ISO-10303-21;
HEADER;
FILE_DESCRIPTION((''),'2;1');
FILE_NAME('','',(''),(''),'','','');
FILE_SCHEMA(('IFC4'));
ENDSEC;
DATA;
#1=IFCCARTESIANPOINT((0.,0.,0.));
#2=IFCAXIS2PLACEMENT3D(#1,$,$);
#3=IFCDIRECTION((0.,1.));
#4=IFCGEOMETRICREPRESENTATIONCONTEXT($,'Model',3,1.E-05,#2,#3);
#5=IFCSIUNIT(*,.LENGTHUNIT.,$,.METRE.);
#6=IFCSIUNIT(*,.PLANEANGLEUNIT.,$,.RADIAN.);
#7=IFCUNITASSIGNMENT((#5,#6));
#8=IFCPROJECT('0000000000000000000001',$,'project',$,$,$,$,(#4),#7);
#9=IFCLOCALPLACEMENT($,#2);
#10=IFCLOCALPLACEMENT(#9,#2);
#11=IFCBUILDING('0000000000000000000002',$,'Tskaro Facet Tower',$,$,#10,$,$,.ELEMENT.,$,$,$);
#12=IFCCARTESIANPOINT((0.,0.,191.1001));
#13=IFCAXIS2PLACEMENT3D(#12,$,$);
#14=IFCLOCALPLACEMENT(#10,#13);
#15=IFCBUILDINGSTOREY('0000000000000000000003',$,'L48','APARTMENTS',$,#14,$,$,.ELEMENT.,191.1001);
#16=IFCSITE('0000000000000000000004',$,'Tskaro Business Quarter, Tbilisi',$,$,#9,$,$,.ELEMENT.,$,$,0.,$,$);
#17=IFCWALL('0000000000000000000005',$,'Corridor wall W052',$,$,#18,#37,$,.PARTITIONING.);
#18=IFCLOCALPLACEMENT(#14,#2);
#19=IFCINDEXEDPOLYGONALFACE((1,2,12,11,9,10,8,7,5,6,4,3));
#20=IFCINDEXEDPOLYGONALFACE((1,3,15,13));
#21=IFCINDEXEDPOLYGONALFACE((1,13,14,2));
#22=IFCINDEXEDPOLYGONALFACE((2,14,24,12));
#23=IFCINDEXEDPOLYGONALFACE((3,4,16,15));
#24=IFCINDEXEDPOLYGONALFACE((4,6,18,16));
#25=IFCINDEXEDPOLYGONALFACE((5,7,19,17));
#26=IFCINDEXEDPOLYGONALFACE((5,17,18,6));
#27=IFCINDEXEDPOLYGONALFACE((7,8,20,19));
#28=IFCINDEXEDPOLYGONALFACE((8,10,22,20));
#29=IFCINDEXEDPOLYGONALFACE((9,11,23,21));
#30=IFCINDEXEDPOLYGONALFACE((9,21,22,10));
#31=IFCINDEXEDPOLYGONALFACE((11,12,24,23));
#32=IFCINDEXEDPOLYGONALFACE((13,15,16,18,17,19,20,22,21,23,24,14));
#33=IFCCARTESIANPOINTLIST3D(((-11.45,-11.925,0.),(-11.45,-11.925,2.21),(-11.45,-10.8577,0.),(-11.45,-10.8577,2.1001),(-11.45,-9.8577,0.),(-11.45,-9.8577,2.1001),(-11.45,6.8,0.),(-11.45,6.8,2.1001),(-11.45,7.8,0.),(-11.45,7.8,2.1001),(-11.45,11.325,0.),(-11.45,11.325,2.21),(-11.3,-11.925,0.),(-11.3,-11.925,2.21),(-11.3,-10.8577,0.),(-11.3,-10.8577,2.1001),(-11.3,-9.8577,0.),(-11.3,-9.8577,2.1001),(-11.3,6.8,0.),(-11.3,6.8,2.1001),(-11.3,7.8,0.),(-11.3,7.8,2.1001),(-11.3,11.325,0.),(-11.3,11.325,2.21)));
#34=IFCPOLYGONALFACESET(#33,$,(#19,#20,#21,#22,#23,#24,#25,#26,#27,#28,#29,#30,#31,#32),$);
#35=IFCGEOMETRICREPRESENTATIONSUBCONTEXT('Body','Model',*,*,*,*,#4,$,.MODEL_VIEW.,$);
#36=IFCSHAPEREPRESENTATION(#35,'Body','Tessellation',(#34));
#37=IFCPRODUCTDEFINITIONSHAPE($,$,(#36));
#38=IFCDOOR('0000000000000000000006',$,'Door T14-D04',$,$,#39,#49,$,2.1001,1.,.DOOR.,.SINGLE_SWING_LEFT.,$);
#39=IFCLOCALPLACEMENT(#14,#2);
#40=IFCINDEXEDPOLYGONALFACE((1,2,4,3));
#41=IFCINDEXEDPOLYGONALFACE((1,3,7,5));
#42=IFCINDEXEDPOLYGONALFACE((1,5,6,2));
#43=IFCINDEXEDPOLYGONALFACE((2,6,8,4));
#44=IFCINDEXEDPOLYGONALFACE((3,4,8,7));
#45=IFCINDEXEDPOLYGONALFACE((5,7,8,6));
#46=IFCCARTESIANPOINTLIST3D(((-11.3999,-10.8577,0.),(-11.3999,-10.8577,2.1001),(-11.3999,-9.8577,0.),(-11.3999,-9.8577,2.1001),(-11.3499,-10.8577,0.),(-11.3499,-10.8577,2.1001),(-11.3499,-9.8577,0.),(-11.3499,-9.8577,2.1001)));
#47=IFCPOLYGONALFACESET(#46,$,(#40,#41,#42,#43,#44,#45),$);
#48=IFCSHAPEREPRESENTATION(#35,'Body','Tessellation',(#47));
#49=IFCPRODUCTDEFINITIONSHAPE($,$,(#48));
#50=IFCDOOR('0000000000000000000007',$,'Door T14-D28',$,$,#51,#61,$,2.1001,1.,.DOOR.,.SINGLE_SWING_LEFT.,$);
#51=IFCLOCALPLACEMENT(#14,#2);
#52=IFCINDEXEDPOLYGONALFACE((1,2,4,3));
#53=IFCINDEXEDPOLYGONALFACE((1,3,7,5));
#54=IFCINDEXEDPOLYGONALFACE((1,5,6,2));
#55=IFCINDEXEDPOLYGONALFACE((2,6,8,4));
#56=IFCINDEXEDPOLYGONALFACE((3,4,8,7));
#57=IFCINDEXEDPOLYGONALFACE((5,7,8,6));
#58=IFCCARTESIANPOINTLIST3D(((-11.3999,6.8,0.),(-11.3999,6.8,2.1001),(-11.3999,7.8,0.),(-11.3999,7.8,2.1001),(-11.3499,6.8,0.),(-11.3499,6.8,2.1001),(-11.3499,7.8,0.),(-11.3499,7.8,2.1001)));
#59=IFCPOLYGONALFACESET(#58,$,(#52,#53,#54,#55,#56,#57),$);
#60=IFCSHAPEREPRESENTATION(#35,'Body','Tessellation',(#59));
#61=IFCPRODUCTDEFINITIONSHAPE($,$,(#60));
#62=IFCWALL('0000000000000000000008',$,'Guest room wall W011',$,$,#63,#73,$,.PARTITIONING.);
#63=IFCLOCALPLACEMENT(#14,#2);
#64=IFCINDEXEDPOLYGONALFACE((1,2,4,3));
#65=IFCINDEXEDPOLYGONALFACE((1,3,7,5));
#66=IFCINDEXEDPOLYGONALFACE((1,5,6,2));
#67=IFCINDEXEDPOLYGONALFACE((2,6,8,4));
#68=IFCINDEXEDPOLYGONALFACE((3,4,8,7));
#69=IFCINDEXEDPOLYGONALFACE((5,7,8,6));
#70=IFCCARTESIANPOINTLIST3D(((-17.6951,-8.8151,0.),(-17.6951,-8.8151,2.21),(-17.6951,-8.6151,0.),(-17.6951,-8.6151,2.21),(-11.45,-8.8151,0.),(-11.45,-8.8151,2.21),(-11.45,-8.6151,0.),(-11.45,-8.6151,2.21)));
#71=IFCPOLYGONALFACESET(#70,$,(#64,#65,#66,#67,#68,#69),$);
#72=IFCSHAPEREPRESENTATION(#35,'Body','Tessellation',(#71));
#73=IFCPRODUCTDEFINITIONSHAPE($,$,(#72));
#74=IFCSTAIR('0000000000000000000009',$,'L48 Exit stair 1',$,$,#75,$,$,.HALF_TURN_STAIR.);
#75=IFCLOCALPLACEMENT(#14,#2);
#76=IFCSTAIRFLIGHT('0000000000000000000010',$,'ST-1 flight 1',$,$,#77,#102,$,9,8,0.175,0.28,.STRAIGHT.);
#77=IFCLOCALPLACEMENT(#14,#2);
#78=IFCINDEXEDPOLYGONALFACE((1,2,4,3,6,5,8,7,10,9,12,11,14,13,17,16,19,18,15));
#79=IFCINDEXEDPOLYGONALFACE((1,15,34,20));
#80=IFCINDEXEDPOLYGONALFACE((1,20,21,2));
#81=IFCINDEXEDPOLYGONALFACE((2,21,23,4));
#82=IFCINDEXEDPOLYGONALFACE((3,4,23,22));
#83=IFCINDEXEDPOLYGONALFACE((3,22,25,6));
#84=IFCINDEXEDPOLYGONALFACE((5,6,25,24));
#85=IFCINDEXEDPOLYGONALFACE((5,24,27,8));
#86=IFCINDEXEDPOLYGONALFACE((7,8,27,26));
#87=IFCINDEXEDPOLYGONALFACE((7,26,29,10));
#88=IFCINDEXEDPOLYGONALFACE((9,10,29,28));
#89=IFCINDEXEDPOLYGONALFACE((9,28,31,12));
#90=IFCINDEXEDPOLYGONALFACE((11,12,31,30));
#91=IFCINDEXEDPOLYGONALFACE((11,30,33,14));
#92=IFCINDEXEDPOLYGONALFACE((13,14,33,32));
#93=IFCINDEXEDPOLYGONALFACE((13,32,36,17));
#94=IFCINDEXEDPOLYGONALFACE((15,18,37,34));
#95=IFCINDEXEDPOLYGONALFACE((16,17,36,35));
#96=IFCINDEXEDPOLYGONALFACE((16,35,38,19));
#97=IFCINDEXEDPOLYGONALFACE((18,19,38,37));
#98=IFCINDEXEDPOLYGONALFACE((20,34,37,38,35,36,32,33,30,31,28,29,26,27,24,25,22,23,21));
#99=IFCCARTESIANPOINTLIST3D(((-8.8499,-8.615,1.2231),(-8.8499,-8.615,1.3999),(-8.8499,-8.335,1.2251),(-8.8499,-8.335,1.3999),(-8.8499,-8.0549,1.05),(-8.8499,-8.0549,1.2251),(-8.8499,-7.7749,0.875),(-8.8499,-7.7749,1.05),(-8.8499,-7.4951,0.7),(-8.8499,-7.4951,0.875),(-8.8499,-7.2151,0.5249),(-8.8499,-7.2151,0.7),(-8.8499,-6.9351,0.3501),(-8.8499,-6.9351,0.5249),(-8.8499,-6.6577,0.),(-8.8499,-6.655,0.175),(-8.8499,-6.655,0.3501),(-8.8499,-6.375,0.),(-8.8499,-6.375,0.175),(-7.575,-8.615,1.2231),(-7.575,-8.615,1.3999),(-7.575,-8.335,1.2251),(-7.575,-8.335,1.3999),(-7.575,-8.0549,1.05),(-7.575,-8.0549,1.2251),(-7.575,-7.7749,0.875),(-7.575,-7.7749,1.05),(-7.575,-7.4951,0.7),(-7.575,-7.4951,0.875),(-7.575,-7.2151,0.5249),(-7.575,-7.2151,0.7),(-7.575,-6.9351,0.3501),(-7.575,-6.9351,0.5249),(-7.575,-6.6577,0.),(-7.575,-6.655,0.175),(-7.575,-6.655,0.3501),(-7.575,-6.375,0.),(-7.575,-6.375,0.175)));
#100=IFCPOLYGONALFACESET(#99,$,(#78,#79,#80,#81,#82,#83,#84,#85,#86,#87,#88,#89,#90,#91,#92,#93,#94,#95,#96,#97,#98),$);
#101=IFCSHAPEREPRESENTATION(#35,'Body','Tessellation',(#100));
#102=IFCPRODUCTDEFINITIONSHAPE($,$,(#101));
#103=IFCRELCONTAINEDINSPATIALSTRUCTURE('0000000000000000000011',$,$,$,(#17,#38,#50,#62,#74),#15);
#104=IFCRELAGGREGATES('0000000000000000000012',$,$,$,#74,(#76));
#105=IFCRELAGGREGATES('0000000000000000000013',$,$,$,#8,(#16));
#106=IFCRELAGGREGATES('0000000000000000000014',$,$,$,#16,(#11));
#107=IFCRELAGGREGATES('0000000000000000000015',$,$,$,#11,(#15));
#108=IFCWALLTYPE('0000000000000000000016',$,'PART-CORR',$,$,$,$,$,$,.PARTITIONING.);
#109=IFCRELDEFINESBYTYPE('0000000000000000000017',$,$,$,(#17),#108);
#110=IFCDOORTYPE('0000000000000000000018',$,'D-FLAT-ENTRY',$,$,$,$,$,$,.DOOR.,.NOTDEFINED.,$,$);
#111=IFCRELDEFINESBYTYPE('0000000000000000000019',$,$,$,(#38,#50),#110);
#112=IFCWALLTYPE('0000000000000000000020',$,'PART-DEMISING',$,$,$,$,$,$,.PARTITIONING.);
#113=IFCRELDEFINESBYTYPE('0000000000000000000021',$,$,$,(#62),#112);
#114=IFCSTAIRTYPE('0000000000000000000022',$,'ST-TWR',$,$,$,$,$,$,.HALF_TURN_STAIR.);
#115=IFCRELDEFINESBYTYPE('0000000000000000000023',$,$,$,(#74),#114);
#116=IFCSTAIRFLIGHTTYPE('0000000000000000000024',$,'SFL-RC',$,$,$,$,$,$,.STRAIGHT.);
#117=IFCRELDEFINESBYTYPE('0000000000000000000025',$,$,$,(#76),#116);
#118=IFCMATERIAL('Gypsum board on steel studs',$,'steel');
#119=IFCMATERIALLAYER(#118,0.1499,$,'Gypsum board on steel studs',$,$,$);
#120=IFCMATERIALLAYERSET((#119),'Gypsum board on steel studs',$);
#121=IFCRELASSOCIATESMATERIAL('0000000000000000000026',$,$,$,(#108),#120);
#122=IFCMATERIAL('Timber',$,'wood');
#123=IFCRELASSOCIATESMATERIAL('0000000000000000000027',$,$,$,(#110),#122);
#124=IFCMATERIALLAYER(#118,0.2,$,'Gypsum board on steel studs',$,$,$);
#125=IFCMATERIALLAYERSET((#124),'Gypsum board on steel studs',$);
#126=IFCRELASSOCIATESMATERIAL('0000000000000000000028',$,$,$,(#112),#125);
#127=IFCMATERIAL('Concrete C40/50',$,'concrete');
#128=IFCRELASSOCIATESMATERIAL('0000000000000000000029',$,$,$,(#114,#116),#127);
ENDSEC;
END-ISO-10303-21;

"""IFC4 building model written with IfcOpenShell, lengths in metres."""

from ifc_helpers import new_model, si_unit, direction, frame, frame_2d, origin, place, context, subcontext, project, spatial, polyline, rectangle, outline, extrude, material, layer, layer_set, type_object, element, fill, aggregate, save


model = new_model("IFC4")

# Units and contexts
model_context = context("Model", 3, precision=1e-05, world=origin(), true_north=direction((0.0, 1.0)))
body_context = subcontext(model_context, "Body", "Model", "MODEL_VIEW")
ifc_project = project(units=[si_unit("LENGTHUNIT", "METRE"), si_unit("PLANEANGLEUNIT", "RADIAN")], contexts=[model_context])

# Site, building, storey
site_placement = place(None, origin())
site = spatial("IfcSite", under=ifc_project, at=site_placement, Name="Tskaro Business Quarter, Tbilisi", CompositionType="ELEMENT", RefElevation=0.0)
building_placement = place(site_placement, origin())
building = spatial("IfcBuilding", under=site, at=building_placement, Name="Tskaro Facet Tower", CompositionType="ELEMENT")
storey_placement = place(building_placement, frame((0.0, 0.0, 191.1001)))
storey = spatial("IfcBuildingStorey", under=building, at=storey_placement, Name="L48", Description="APARTMENTS", CompositionType="ELEMENT", Elevation=191.1001)

# Shared definitions
ifc_material_1 = material(Name="Timber", Category="wood")

# Shared definitions
ifc_material_2 = material(Name="Concrete C40/50", Category="concrete")

# Shared definitions
ifc_material_3 = material(Name="Gypsum board on steel studs", Category="steel")
ifc_layer_1 = layer(ifc_material_3, 0.1499, Name="Gypsum board on steel studs")
ifc_layer_set_1 = layer_set([ifc_layer_1], Name="Gypsum board on steel studs")
wall_type_1 = type_object("IfcWallType", Name="PART-CORR", PredefinedType="PARTITIONING", material=ifc_layer_set_1)

# Wall, openings, doors
wall_1_placement = place(storey_placement, frame((-11.375, -11.925, 0.0), z_axis=(0.0, 0.0, 1.0), x_axis=(0.0, 1.0, 0.0)))
wall_1 = element("IfcWall", 1, at=wall_1_placement, inside=storey, type_object=wall_type_1, Name="Corridor wall W052", PredefinedType="PARTITIONING", context=body_context, shape_type="SweptSolid", body=[
    extrude(rectangle(XDim=23.25, YDim=0.1499, at=frame_2d((11.625, 0.0))), origin(), (0.0, 0.0, 1.0), 2.21),
])
opening_1_placement = place(wall_1_placement, frame((1.0674, 0.0, 0.0)))
opening_1 = element("IfcOpeningElement", 2, at=opening_1_placement, cuts=wall_1, PredefinedType="OPENING", context=body_context, shape_type="SweptSolid", body=[
    extrude(rectangle(XDim=1.0, YDim=2.1001, at=frame_2d((0.5, 1.05))), frame((0.0, 0.085, 0.0), z_axis=(0.0, -1.0, 0.0), x_axis=(1.0, 0.0, 0.0)), (0.0, 0.0, 1.0), 0.1699),
])
opening_2_placement = place(wall_1_placement, frame((18.7251, 0.0, 0.0)))
opening_2 = element("IfcOpeningElement", 3, at=opening_2_placement, cuts=wall_1, PredefinedType="OPENING", context=body_context, shape_type="SweptSolid", body=[
    extrude(rectangle(XDim=1.0, YDim=2.1001, at=frame_2d((0.5, 1.05))), frame((0.0, 0.085, 0.0), z_axis=(0.0, -1.0, 0.0), x_axis=(1.0, 0.0, 0.0)), (0.0, 0.0, 1.0), 0.1699),
])
door_type_1 = type_object("IfcDoorType", Name="D-FLAT-ENTRY", OperationType="NOTDEFINED", PredefinedType="DOOR", material=ifc_material_1)
door_1_placement = place(opening_1_placement, origin())
door_1 = element("IfcDoor", 4, at=door_1_placement, inside=storey, type_object=door_type_1, Name="Door T14-D04", OperationType="SINGLE_SWING_LEFT", OverallHeight=2.1001, OverallWidth=1.0, PredefinedType="DOOR", context=body_context, shape_type="SweptSolid", body=[
    extrude(rectangle(XDim=1.0, YDim=2.1001, at=frame_2d((0.5, 1.05))), frame((0.0, 0.0249, 0.0), z_axis=(0.0, -1.0, 0.0), x_axis=(1.0, 0.0, 0.0)), (0.0, 0.0, 1.0), 0.05),
])
fill(opening_1, door_1)
door_2_placement = place(opening_2_placement, origin())
door_2 = element("IfcDoor", 5, at=door_2_placement, inside=storey, type_object=door_type_1, Name="Door T14-D28", OperationType="SINGLE_SWING_LEFT", OverallHeight=2.1001, OverallWidth=1.0, PredefinedType="DOOR", context=body_context, shape_type="SweptSolid", body=[
    extrude(rectangle(XDim=1.0, YDim=2.1001, at=frame_2d((0.5, 1.05))), frame((0.0, 0.0249, 0.0), z_axis=(0.0, -1.0, 0.0), x_axis=(1.0, 0.0, 0.0)), (0.0, 0.0, 1.0), 0.05),
])
fill(opening_2, door_2)

# Wall
ifc_layer_2 = layer(ifc_material_3, 0.2, Name="Gypsum board on steel studs")
ifc_layer_set_2 = layer_set([ifc_layer_2], Name="Gypsum board on steel studs")
wall_type_2 = type_object("IfcWallType", Name="PART-DEMISING", PredefinedType="PARTITIONING", material=ifc_layer_set_2)
wall_2_placement = place(storey_placement, frame((-17.6951, -8.7151, 0.0), z_axis=(0.0, 0.0, 1.0), x_axis=(1.0, 0.0, 0.0)))
element("IfcWall", 6, at=wall_2_placement, inside=storey, type_object=wall_type_2, Name="Guest room wall W011", PredefinedType="PARTITIONING", context=body_context, shape_type="SweptSolid", body=[
    extrude(rectangle(XDim=6.2451, YDim=0.2, at=frame_2d((3.1226, 0.0))), origin(), (0.0, 0.0, 1.0), 2.21),
])

# Stair, stair flight
stair_type = type_object("IfcStairType", Name="ST-TWR", PredefinedType="HALF_TURN_STAIR", material=ifc_material_2)
stair_placement = place(storey_placement, origin())
stair = element("IfcStair", 7, at=stair_placement, inside=storey, type_object=stair_type, Name="L48 Exit stair 1", PredefinedType="HALF_TURN_STAIR")
stair_flight_type = type_object("IfcStairFlightType", Name="SFL-RC", PredefinedType="STRAIGHT", material=ifc_material_2)
stair_flight_placement = place(storey_placement, frame((-8.2124, -6.375, 0.0), z_axis=(0.0, 0.0, 1.0), x_axis=(0.0, -1.0, 0.0)))
stair_flight = element("IfcStairFlight", 8, at=stair_flight_placement, type_object=stair_flight_type, Name="ST-1 flight 1", NumberOfRisers=9, NumberOfTreads=8, PredefinedType="STRAIGHT", RiserHeight=0.175, TreadLength=0.28, context=body_context, shape_type="SweptSolid", body=[
    extrude(outline(polyline([(0.0, 0.0), (0.0, 0.175), (0.28, 0.175), (0.28, 0.3501), (0.5601, 0.3501), (0.5601, 0.5249), (0.8401, 0.5249), (0.8401, 0.7), (1.1201, 0.7), (1.1201, 0.875), (1.3999, 0.875), (1.3999, 1.05), (1.6799, 1.05), (1.6799, 1.2251), (1.96, 1.2251), (1.96, 1.3999), (2.24, 1.3999), (2.24, 1.575), (2.24, 1.2231), (0.2827, 0.0), (0.0, 0.0)])), frame((0.0, 0.6375, 0.0), z_axis=(0.0, -1.0, 0.0), x_axis=(1.0, 0.0, 0.0)), (0.0, 0.0, 1.0), 1.2749),
])
aggregate(stair, [stair_flight])

save(model, "model.ifc")
